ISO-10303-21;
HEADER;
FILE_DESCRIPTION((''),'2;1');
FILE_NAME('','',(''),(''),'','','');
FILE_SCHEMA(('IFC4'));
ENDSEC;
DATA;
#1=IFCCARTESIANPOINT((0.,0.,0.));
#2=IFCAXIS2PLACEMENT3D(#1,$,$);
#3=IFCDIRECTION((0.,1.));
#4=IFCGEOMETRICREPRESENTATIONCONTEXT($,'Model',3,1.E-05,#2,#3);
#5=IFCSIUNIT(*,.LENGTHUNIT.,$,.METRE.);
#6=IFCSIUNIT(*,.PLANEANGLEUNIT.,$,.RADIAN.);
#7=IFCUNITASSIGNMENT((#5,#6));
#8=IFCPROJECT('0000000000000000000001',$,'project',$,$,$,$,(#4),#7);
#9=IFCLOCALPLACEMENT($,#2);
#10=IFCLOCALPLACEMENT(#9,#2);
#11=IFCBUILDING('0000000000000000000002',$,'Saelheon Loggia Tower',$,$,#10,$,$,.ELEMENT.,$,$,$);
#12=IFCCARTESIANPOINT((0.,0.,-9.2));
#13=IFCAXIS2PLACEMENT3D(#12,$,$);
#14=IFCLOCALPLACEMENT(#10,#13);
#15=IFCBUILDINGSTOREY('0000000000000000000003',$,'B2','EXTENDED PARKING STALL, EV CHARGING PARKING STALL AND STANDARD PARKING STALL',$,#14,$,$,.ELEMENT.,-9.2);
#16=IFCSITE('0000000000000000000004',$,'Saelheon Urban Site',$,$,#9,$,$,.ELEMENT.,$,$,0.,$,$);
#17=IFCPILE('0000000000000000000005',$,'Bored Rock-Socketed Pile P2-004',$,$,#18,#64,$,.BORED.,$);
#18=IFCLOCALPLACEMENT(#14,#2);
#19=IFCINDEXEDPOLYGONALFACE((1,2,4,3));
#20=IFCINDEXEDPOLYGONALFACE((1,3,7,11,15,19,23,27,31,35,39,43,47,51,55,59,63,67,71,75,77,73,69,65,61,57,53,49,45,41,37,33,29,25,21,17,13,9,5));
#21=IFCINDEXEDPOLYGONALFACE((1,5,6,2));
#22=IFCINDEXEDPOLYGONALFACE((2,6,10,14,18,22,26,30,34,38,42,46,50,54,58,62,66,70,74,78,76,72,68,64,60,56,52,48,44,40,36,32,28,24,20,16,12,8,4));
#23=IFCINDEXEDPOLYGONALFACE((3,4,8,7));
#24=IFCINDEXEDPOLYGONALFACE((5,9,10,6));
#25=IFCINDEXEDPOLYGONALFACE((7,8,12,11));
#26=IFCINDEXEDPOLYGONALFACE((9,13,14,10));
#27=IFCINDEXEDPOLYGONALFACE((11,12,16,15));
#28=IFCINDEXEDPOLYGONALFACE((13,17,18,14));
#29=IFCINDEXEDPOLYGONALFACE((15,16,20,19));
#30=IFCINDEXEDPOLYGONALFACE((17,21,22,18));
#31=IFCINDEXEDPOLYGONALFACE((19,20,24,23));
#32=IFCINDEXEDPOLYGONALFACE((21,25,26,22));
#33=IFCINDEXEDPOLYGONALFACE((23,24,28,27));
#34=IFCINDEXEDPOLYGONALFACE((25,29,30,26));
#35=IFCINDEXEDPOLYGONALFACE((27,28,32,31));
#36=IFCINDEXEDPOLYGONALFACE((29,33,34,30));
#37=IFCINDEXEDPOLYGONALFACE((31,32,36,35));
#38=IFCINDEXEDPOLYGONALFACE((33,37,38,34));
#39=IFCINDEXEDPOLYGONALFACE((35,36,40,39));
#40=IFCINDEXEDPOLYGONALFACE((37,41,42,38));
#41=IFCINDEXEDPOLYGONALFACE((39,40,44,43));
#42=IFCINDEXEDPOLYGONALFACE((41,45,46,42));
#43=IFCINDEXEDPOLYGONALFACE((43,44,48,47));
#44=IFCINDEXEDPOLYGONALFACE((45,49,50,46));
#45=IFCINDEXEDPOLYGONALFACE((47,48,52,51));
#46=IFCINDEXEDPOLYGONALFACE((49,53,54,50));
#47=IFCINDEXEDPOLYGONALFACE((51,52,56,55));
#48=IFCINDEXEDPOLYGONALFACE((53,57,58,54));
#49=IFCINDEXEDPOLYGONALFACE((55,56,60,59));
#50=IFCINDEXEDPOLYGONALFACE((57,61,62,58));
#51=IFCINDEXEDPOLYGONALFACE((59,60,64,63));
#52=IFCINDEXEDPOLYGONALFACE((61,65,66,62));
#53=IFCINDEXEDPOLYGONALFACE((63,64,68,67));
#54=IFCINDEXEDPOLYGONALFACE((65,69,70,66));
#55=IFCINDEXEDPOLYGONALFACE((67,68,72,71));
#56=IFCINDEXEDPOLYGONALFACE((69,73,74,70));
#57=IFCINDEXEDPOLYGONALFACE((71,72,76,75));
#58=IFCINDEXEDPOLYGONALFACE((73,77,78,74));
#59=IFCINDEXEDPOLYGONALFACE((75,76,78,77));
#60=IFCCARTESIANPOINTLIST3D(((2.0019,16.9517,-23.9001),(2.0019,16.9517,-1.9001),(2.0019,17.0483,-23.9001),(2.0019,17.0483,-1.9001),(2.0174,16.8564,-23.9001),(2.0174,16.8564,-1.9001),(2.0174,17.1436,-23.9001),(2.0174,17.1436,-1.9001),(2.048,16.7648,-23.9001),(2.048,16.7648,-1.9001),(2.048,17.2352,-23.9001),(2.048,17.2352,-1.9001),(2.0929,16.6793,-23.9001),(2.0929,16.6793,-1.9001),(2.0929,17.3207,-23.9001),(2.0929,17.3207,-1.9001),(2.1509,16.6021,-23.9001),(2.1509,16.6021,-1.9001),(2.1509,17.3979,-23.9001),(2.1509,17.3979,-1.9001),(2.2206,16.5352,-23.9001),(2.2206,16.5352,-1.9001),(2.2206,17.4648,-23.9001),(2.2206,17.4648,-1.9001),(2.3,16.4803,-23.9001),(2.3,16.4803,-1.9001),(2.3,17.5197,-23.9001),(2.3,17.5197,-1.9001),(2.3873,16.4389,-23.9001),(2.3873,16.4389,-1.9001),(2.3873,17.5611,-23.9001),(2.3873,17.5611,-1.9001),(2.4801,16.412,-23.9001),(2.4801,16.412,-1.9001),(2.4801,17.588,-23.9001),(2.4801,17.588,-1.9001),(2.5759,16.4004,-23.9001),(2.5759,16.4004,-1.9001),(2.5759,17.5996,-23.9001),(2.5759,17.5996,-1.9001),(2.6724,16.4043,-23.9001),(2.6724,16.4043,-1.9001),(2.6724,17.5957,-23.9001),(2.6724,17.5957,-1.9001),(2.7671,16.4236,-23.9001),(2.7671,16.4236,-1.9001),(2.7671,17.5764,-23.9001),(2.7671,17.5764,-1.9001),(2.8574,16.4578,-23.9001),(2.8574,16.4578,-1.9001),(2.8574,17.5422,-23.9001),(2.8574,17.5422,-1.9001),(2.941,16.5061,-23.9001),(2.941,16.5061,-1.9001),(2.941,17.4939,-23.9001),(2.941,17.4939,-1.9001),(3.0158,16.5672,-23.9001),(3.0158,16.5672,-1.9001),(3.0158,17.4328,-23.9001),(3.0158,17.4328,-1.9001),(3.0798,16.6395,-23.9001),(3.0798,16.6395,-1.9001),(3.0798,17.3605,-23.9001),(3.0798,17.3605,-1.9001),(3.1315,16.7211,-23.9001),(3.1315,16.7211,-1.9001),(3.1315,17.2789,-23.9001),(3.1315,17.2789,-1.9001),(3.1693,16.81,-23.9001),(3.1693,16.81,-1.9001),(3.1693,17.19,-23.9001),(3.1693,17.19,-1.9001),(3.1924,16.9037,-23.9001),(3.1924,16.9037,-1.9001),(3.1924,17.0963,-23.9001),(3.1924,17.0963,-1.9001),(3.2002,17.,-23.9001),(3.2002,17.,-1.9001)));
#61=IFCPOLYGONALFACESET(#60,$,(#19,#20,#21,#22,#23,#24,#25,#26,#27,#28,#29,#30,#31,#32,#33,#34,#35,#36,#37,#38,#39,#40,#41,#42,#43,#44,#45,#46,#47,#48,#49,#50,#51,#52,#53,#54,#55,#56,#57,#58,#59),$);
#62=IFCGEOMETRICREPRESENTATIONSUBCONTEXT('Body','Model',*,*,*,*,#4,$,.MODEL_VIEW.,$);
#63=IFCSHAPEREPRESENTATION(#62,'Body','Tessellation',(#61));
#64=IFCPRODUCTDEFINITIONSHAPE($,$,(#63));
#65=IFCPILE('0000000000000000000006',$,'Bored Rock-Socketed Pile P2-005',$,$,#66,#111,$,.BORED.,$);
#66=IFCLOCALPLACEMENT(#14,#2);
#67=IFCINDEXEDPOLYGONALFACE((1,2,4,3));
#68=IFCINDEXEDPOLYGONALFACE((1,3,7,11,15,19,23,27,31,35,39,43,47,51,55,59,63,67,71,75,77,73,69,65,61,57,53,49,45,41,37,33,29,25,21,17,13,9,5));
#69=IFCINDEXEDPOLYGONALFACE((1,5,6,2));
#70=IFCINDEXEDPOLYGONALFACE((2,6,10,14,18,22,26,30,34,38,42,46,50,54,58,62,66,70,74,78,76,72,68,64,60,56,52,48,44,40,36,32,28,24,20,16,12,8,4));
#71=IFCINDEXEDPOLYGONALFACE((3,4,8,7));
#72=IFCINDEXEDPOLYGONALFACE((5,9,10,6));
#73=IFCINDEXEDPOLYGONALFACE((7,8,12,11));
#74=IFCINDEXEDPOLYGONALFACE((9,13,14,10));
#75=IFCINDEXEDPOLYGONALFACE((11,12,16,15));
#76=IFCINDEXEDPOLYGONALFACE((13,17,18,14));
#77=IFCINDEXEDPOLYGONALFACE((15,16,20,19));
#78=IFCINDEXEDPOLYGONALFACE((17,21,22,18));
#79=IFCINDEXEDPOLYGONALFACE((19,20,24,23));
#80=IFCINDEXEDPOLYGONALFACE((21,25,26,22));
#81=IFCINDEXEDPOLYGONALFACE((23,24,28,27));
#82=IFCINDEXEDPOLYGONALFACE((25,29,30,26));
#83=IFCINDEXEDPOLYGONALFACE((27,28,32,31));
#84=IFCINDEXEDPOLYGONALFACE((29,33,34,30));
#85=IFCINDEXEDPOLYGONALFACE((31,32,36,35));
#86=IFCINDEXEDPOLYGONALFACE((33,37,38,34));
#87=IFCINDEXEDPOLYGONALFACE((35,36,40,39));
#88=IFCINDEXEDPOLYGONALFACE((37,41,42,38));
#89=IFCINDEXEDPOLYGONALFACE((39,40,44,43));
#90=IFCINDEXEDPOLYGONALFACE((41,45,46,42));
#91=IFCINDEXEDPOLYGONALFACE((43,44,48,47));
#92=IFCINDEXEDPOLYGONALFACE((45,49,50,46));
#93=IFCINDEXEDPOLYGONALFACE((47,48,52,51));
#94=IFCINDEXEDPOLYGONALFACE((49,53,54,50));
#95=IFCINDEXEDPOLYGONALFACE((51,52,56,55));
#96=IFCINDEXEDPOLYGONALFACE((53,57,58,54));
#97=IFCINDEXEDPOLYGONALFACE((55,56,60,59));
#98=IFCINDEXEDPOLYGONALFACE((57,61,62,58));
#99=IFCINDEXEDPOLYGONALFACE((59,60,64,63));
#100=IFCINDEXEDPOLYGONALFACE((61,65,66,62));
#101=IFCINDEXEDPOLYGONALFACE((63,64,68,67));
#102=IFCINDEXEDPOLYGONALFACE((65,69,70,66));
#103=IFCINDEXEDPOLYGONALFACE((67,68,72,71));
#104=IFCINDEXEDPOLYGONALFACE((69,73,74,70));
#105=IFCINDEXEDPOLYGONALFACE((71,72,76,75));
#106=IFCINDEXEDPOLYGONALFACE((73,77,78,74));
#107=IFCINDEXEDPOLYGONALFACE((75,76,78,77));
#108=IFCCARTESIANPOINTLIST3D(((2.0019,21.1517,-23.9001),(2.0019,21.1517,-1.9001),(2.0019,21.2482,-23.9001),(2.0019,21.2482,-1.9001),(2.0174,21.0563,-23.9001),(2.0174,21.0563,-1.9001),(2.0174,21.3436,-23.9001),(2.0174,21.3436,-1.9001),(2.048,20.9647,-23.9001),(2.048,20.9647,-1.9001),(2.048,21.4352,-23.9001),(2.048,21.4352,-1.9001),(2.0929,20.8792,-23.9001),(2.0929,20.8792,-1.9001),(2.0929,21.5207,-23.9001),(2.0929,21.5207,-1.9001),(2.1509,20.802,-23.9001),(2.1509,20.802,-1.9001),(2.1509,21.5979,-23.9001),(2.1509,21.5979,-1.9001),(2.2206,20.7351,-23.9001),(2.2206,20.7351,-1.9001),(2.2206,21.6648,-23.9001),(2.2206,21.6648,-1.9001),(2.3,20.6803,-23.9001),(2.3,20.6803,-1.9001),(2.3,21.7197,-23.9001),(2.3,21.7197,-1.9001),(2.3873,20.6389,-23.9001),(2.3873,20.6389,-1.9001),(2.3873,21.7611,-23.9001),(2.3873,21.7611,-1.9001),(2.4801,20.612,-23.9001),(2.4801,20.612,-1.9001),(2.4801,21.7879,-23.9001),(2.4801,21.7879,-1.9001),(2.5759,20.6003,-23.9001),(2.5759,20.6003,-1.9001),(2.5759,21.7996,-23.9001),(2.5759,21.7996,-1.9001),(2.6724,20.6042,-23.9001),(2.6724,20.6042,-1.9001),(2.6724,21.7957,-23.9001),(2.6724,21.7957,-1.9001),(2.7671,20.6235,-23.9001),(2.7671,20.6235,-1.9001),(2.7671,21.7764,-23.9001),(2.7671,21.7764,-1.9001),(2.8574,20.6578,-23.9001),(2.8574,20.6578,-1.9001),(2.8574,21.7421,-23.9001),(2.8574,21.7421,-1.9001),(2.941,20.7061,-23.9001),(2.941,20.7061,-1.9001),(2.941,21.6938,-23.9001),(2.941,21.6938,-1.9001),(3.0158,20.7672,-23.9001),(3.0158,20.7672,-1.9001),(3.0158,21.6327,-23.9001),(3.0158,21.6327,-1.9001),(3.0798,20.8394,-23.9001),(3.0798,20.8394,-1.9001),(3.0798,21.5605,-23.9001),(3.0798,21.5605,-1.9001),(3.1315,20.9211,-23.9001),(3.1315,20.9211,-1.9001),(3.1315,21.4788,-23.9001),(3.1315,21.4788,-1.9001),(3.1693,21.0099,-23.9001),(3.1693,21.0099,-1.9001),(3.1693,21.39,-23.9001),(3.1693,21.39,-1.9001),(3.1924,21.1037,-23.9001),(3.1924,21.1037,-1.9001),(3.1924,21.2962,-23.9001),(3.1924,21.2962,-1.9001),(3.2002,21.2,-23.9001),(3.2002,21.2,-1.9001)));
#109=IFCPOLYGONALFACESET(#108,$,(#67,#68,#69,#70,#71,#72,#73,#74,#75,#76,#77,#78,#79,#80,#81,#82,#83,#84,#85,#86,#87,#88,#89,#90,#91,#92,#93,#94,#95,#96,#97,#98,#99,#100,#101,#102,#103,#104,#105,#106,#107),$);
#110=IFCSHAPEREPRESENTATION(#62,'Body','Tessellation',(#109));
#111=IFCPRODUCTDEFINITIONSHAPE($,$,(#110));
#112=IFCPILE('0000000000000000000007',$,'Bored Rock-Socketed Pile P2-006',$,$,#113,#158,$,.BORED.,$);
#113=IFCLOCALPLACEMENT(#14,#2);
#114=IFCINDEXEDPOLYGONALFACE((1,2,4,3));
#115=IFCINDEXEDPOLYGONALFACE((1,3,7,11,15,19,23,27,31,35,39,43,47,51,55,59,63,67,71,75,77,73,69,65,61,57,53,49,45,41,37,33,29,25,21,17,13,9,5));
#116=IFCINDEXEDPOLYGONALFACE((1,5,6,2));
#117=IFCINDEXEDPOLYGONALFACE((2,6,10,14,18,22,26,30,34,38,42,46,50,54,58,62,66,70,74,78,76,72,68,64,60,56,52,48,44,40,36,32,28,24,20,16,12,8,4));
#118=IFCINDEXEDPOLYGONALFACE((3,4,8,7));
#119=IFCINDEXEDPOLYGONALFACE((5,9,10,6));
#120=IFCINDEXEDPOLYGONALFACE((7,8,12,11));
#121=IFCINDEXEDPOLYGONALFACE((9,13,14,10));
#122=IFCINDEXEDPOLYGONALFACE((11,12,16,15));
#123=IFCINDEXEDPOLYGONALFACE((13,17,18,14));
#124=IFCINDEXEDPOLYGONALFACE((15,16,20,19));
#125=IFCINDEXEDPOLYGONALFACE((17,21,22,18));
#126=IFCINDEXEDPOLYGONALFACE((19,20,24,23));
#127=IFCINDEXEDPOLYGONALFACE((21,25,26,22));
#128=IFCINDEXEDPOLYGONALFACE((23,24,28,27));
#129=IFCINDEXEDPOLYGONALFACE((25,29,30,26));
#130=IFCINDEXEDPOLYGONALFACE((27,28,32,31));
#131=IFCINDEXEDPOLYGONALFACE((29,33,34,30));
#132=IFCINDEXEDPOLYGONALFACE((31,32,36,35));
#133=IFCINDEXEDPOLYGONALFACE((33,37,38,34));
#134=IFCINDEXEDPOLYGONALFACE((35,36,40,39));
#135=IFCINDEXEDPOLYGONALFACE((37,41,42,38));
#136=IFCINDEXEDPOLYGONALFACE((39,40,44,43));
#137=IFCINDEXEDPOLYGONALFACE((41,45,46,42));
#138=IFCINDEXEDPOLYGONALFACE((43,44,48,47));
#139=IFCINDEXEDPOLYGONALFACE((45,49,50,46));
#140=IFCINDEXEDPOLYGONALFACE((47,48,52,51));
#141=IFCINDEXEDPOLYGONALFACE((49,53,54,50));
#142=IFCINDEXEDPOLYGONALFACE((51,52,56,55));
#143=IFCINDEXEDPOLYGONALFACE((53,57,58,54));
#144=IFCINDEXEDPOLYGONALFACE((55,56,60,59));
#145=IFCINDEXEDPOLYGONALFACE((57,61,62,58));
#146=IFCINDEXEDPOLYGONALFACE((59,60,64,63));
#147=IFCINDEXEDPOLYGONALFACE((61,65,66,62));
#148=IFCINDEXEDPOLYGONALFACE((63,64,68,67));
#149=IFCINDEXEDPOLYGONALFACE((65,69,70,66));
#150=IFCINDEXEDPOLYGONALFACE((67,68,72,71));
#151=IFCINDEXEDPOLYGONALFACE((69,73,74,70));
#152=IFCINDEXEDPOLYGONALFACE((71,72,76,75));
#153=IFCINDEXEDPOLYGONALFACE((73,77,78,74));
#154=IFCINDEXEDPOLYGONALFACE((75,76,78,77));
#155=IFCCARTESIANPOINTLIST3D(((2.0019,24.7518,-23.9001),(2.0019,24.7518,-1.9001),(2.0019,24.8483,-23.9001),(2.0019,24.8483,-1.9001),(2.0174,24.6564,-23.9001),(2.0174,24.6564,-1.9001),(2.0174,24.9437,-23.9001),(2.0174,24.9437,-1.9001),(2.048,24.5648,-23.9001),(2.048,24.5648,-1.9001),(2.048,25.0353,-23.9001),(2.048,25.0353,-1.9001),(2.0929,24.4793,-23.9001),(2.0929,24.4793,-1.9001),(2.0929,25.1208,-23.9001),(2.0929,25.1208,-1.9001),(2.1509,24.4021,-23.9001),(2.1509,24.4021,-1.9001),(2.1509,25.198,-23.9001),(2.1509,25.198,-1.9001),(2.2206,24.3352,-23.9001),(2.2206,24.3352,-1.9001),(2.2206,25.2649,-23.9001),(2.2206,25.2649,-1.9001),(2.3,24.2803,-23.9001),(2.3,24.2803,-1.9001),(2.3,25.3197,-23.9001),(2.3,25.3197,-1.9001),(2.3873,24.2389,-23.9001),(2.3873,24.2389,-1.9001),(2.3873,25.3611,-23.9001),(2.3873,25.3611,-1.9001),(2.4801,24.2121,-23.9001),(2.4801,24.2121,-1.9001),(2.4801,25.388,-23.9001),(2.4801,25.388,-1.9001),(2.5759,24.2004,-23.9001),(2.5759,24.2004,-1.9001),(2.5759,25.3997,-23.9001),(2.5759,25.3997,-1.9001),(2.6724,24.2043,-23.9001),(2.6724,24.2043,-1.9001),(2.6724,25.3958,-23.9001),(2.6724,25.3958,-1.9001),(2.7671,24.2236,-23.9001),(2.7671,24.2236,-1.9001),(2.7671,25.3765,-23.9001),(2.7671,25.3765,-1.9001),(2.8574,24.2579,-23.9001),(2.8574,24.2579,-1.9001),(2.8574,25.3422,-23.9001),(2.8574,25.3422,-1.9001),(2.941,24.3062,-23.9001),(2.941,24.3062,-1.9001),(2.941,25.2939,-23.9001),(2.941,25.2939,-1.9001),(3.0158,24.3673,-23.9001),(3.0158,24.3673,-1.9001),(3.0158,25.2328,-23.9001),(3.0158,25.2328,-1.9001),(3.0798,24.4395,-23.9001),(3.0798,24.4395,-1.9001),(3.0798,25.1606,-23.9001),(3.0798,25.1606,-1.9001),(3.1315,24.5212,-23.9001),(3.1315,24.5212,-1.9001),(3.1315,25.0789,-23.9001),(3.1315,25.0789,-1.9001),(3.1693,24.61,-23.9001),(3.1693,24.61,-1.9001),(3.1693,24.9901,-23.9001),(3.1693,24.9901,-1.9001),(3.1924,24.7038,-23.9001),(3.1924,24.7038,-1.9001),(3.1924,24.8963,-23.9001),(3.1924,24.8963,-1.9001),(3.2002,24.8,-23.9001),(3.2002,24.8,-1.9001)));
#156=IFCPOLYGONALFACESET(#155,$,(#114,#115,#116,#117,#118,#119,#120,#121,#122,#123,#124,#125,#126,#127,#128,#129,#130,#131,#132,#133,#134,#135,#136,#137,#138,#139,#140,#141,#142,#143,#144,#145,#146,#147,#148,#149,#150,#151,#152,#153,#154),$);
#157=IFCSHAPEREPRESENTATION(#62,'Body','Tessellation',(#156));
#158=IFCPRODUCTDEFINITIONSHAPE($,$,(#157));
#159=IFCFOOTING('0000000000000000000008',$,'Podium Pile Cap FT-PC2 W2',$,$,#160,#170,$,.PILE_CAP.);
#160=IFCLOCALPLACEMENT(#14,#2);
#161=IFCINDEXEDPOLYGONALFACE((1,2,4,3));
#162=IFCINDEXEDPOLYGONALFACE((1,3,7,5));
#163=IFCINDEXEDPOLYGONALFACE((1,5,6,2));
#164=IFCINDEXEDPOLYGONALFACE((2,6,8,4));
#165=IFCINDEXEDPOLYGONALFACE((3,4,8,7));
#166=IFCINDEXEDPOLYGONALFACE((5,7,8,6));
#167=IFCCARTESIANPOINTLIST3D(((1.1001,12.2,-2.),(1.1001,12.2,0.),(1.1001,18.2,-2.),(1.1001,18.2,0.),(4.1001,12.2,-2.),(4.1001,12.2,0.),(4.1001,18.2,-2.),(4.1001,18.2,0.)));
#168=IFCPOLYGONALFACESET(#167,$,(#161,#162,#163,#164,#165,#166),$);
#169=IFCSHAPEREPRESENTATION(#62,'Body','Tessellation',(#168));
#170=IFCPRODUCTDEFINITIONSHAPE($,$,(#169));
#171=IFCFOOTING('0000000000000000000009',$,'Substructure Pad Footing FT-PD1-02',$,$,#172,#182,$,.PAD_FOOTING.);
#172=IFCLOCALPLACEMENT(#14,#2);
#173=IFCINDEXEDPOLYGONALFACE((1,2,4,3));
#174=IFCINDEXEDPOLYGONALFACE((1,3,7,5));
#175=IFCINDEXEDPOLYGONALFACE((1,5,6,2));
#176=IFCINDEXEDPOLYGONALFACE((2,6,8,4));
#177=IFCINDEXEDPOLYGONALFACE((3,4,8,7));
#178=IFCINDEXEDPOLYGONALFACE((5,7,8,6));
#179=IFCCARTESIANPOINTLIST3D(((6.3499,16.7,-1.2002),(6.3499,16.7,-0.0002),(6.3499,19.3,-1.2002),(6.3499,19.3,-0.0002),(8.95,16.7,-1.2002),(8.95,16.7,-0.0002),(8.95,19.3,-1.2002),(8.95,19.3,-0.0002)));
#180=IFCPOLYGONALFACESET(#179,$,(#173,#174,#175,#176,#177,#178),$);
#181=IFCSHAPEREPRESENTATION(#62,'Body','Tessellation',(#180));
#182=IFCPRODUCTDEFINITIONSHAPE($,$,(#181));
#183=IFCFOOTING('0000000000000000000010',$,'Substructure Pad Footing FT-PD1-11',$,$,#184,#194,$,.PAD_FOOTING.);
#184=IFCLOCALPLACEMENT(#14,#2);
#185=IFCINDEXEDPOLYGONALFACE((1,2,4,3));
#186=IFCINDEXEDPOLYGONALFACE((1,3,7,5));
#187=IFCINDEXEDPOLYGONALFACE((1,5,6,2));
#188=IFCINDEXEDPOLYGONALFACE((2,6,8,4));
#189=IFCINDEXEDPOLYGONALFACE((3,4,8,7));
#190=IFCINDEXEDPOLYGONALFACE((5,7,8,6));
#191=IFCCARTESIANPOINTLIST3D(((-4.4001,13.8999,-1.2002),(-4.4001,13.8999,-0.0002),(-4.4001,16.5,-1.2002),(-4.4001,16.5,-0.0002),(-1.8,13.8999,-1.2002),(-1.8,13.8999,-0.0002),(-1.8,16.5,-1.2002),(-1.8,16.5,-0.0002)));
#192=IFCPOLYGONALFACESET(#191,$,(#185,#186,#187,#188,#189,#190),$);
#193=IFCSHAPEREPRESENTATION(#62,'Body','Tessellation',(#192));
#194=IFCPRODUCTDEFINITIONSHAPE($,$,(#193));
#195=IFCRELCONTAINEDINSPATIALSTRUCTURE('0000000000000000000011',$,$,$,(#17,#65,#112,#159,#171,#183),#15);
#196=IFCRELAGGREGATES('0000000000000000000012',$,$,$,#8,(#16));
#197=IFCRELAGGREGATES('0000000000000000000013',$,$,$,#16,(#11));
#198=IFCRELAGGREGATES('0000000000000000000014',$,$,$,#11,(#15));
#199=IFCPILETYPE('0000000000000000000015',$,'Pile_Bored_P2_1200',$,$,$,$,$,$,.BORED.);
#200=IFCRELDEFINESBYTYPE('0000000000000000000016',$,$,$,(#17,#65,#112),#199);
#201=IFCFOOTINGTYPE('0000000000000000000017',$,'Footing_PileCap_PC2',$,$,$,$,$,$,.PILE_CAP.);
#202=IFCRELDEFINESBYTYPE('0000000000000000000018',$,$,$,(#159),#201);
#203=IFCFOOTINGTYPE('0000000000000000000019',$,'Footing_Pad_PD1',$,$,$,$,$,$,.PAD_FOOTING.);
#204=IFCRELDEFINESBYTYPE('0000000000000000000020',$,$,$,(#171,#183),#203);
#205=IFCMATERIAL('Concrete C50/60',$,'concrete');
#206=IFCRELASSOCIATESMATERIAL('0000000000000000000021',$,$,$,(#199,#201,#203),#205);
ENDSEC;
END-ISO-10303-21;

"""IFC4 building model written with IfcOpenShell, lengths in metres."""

from ifc_helpers import new_model, si_unit, direction, frame, origin, origin_2d, place, context, subcontext, project, spatial, rectangle, circle, extrude, source, transform, mapped, material, material_profile, profile_set, type_object, element, save


model = new_model("IFC4")

# Units and contexts
model_context = context("Model", 3, precision=1e-05, world=origin(), true_north=direction((0.0, 1.0)))
body_context = subcontext(model_context, "Body", "Model", "MODEL_VIEW")
ifc_project = project(units=[si_unit("LENGTHUNIT", "METRE"), si_unit("PLANEANGLEUNIT", "RADIAN")], contexts=[model_context])

# Site, building, storey
site_placement = place(None, origin())
site = spatial("IfcSite", under=ifc_project, at=site_placement, Name="Saelheon Urban Site", CompositionType="ELEMENT", RefElevation=0.0)
building_placement = place(site_placement, origin())
building = spatial("IfcBuilding", under=site, at=building_placement, Name="Saelheon Loggia Tower", CompositionType="ELEMENT")
storey_placement = place(building_placement, frame((0.0, 0.0, -9.2)))
storey = spatial("IfcBuildingStorey", under=building, at=storey_placement, Name="B2", Description="EXTENDED PARKING STALL, EV CHARGING PARKING STALL AND STANDARD PARKING STALL", CompositionType="ELEMENT", Elevation=-9.2)

# Shared definitions
ifc_material_1 = material(Name="Concrete C50/60", Category="concrete")

# Piles
ifc_material_profile_1 = material_profile(ifc_material_1, circle(Radius=0.6001, at=origin_2d()), Name="CIRC-1200")
ifc_profile_set_1 = profile_set([ifc_material_profile_1], Name="Concrete C50/60")
pile_type_1 = type_object("IfcPileType", Name="Pile_Bored_P2_1200", PredefinedType="BORED", material=ifc_profile_set_1)
shared_shape_1 = source(origin(), body_context, "Body", "SweptSolid", [
    extrude(circle(Radius=0.6001, at=origin_2d()), origin(), (0.0, 0.0, 1.0), 22.0),
])
for number, where, z_axis, x_axis, name in (
    (1, (2.6001, 17.0, -1.9001), (0.0, 0.0, -1.0), (1.0, 0.0, 0.0), "Bored Rock-Socketed Pile P2-004"),
    (2, (2.6001, 21.2, -1.9001), (0.0, 0.0, -1.0), (1.0, 0.0, 0.0), "Bored Rock-Socketed Pile P2-005"),
    (3, (2.6001, 24.8, -1.9001), (0.0, 0.0, -1.0), (1.0, 0.0, 0.0), "Bored Rock-Socketed Pile P2-006"),
):
    element("IfcPile", number, at=place(storey_placement, frame(where, z_axis=z_axis, x_axis=x_axis)), inside=storey, type_object=pile_type_1, Name=name, PredefinedType="BORED", context=body_context, shape_type="MappedRepresentation", body=[
        mapped(shared_shape_1, transform((0.0, 0.0, 0.0), scale=1.0)),
    ])

# Footings
footing_type_1 = type_object("IfcFootingType", Name="Footing_PileCap_PC2", PredefinedType="PILE_CAP", material=ifc_material_1)
shared_shape_2 = source(origin(), body_context, "Body", "SweptSolid", [
    extrude(rectangle(XDim=3.0, YDim=6.0, at=origin_2d()), origin(), (0.0, 0.0, 1.0), 2.0),
])
footing_1_placement = place(storey_placement, frame((2.6001, 15.2, -2.0), z_axis=(0.0, 0.0, 1.0), x_axis=(1.0, 0.0, 0.0)))
element("IfcFooting", 4, at=footing_1_placement, inside=storey, type_object=footing_type_1, Name="Podium Pile Cap FT-PC2 W2", PredefinedType="PILE_CAP", context=body_context, shape_type="MappedRepresentation", body=[
    mapped(shared_shape_2, transform((0.0, 0.0, 0.0), scale=1.0)),
])
footing_type_2 = type_object("IfcFootingType", Name="Footing_Pad_PD1", PredefinedType="PAD_FOOTING", material=ifc_material_1)
shared_shape_3 = source(origin(), body_context, "Body", "SweptSolid", [
    extrude(rectangle(XDim=2.6001, YDim=2.6001, at=origin_2d()), origin(), (0.0, 0.0, 1.0), 1.2),
])
for number, where, z_axis, x_axis, name in (
    (5, (7.6499, 18.0, -1.2002), (0.0, 0.0, 1.0), (1.0, 0.0, 0.0), "Substructure Pad Footing FT-PD1-02"),
    (6, (-3.1001, 15.2, -1.2002), (0.0, 0.0, 1.0), (1.0, 0.0, 0.0), "Substructure Pad Footing FT-PD1-11"),
):
    element("IfcFooting", number, at=place(storey_placement, frame(where, z_axis=z_axis, x_axis=x_axis)), inside=storey, type_object=footing_type_2, Name=name, PredefinedType="PAD_FOOTING", context=body_context, shape_type="MappedRepresentation", body=[
        mapped(shared_shape_3, transform((0.0, 0.0, 0.0), scale=1.0)),
    ])

save(model, "model.ifc")
